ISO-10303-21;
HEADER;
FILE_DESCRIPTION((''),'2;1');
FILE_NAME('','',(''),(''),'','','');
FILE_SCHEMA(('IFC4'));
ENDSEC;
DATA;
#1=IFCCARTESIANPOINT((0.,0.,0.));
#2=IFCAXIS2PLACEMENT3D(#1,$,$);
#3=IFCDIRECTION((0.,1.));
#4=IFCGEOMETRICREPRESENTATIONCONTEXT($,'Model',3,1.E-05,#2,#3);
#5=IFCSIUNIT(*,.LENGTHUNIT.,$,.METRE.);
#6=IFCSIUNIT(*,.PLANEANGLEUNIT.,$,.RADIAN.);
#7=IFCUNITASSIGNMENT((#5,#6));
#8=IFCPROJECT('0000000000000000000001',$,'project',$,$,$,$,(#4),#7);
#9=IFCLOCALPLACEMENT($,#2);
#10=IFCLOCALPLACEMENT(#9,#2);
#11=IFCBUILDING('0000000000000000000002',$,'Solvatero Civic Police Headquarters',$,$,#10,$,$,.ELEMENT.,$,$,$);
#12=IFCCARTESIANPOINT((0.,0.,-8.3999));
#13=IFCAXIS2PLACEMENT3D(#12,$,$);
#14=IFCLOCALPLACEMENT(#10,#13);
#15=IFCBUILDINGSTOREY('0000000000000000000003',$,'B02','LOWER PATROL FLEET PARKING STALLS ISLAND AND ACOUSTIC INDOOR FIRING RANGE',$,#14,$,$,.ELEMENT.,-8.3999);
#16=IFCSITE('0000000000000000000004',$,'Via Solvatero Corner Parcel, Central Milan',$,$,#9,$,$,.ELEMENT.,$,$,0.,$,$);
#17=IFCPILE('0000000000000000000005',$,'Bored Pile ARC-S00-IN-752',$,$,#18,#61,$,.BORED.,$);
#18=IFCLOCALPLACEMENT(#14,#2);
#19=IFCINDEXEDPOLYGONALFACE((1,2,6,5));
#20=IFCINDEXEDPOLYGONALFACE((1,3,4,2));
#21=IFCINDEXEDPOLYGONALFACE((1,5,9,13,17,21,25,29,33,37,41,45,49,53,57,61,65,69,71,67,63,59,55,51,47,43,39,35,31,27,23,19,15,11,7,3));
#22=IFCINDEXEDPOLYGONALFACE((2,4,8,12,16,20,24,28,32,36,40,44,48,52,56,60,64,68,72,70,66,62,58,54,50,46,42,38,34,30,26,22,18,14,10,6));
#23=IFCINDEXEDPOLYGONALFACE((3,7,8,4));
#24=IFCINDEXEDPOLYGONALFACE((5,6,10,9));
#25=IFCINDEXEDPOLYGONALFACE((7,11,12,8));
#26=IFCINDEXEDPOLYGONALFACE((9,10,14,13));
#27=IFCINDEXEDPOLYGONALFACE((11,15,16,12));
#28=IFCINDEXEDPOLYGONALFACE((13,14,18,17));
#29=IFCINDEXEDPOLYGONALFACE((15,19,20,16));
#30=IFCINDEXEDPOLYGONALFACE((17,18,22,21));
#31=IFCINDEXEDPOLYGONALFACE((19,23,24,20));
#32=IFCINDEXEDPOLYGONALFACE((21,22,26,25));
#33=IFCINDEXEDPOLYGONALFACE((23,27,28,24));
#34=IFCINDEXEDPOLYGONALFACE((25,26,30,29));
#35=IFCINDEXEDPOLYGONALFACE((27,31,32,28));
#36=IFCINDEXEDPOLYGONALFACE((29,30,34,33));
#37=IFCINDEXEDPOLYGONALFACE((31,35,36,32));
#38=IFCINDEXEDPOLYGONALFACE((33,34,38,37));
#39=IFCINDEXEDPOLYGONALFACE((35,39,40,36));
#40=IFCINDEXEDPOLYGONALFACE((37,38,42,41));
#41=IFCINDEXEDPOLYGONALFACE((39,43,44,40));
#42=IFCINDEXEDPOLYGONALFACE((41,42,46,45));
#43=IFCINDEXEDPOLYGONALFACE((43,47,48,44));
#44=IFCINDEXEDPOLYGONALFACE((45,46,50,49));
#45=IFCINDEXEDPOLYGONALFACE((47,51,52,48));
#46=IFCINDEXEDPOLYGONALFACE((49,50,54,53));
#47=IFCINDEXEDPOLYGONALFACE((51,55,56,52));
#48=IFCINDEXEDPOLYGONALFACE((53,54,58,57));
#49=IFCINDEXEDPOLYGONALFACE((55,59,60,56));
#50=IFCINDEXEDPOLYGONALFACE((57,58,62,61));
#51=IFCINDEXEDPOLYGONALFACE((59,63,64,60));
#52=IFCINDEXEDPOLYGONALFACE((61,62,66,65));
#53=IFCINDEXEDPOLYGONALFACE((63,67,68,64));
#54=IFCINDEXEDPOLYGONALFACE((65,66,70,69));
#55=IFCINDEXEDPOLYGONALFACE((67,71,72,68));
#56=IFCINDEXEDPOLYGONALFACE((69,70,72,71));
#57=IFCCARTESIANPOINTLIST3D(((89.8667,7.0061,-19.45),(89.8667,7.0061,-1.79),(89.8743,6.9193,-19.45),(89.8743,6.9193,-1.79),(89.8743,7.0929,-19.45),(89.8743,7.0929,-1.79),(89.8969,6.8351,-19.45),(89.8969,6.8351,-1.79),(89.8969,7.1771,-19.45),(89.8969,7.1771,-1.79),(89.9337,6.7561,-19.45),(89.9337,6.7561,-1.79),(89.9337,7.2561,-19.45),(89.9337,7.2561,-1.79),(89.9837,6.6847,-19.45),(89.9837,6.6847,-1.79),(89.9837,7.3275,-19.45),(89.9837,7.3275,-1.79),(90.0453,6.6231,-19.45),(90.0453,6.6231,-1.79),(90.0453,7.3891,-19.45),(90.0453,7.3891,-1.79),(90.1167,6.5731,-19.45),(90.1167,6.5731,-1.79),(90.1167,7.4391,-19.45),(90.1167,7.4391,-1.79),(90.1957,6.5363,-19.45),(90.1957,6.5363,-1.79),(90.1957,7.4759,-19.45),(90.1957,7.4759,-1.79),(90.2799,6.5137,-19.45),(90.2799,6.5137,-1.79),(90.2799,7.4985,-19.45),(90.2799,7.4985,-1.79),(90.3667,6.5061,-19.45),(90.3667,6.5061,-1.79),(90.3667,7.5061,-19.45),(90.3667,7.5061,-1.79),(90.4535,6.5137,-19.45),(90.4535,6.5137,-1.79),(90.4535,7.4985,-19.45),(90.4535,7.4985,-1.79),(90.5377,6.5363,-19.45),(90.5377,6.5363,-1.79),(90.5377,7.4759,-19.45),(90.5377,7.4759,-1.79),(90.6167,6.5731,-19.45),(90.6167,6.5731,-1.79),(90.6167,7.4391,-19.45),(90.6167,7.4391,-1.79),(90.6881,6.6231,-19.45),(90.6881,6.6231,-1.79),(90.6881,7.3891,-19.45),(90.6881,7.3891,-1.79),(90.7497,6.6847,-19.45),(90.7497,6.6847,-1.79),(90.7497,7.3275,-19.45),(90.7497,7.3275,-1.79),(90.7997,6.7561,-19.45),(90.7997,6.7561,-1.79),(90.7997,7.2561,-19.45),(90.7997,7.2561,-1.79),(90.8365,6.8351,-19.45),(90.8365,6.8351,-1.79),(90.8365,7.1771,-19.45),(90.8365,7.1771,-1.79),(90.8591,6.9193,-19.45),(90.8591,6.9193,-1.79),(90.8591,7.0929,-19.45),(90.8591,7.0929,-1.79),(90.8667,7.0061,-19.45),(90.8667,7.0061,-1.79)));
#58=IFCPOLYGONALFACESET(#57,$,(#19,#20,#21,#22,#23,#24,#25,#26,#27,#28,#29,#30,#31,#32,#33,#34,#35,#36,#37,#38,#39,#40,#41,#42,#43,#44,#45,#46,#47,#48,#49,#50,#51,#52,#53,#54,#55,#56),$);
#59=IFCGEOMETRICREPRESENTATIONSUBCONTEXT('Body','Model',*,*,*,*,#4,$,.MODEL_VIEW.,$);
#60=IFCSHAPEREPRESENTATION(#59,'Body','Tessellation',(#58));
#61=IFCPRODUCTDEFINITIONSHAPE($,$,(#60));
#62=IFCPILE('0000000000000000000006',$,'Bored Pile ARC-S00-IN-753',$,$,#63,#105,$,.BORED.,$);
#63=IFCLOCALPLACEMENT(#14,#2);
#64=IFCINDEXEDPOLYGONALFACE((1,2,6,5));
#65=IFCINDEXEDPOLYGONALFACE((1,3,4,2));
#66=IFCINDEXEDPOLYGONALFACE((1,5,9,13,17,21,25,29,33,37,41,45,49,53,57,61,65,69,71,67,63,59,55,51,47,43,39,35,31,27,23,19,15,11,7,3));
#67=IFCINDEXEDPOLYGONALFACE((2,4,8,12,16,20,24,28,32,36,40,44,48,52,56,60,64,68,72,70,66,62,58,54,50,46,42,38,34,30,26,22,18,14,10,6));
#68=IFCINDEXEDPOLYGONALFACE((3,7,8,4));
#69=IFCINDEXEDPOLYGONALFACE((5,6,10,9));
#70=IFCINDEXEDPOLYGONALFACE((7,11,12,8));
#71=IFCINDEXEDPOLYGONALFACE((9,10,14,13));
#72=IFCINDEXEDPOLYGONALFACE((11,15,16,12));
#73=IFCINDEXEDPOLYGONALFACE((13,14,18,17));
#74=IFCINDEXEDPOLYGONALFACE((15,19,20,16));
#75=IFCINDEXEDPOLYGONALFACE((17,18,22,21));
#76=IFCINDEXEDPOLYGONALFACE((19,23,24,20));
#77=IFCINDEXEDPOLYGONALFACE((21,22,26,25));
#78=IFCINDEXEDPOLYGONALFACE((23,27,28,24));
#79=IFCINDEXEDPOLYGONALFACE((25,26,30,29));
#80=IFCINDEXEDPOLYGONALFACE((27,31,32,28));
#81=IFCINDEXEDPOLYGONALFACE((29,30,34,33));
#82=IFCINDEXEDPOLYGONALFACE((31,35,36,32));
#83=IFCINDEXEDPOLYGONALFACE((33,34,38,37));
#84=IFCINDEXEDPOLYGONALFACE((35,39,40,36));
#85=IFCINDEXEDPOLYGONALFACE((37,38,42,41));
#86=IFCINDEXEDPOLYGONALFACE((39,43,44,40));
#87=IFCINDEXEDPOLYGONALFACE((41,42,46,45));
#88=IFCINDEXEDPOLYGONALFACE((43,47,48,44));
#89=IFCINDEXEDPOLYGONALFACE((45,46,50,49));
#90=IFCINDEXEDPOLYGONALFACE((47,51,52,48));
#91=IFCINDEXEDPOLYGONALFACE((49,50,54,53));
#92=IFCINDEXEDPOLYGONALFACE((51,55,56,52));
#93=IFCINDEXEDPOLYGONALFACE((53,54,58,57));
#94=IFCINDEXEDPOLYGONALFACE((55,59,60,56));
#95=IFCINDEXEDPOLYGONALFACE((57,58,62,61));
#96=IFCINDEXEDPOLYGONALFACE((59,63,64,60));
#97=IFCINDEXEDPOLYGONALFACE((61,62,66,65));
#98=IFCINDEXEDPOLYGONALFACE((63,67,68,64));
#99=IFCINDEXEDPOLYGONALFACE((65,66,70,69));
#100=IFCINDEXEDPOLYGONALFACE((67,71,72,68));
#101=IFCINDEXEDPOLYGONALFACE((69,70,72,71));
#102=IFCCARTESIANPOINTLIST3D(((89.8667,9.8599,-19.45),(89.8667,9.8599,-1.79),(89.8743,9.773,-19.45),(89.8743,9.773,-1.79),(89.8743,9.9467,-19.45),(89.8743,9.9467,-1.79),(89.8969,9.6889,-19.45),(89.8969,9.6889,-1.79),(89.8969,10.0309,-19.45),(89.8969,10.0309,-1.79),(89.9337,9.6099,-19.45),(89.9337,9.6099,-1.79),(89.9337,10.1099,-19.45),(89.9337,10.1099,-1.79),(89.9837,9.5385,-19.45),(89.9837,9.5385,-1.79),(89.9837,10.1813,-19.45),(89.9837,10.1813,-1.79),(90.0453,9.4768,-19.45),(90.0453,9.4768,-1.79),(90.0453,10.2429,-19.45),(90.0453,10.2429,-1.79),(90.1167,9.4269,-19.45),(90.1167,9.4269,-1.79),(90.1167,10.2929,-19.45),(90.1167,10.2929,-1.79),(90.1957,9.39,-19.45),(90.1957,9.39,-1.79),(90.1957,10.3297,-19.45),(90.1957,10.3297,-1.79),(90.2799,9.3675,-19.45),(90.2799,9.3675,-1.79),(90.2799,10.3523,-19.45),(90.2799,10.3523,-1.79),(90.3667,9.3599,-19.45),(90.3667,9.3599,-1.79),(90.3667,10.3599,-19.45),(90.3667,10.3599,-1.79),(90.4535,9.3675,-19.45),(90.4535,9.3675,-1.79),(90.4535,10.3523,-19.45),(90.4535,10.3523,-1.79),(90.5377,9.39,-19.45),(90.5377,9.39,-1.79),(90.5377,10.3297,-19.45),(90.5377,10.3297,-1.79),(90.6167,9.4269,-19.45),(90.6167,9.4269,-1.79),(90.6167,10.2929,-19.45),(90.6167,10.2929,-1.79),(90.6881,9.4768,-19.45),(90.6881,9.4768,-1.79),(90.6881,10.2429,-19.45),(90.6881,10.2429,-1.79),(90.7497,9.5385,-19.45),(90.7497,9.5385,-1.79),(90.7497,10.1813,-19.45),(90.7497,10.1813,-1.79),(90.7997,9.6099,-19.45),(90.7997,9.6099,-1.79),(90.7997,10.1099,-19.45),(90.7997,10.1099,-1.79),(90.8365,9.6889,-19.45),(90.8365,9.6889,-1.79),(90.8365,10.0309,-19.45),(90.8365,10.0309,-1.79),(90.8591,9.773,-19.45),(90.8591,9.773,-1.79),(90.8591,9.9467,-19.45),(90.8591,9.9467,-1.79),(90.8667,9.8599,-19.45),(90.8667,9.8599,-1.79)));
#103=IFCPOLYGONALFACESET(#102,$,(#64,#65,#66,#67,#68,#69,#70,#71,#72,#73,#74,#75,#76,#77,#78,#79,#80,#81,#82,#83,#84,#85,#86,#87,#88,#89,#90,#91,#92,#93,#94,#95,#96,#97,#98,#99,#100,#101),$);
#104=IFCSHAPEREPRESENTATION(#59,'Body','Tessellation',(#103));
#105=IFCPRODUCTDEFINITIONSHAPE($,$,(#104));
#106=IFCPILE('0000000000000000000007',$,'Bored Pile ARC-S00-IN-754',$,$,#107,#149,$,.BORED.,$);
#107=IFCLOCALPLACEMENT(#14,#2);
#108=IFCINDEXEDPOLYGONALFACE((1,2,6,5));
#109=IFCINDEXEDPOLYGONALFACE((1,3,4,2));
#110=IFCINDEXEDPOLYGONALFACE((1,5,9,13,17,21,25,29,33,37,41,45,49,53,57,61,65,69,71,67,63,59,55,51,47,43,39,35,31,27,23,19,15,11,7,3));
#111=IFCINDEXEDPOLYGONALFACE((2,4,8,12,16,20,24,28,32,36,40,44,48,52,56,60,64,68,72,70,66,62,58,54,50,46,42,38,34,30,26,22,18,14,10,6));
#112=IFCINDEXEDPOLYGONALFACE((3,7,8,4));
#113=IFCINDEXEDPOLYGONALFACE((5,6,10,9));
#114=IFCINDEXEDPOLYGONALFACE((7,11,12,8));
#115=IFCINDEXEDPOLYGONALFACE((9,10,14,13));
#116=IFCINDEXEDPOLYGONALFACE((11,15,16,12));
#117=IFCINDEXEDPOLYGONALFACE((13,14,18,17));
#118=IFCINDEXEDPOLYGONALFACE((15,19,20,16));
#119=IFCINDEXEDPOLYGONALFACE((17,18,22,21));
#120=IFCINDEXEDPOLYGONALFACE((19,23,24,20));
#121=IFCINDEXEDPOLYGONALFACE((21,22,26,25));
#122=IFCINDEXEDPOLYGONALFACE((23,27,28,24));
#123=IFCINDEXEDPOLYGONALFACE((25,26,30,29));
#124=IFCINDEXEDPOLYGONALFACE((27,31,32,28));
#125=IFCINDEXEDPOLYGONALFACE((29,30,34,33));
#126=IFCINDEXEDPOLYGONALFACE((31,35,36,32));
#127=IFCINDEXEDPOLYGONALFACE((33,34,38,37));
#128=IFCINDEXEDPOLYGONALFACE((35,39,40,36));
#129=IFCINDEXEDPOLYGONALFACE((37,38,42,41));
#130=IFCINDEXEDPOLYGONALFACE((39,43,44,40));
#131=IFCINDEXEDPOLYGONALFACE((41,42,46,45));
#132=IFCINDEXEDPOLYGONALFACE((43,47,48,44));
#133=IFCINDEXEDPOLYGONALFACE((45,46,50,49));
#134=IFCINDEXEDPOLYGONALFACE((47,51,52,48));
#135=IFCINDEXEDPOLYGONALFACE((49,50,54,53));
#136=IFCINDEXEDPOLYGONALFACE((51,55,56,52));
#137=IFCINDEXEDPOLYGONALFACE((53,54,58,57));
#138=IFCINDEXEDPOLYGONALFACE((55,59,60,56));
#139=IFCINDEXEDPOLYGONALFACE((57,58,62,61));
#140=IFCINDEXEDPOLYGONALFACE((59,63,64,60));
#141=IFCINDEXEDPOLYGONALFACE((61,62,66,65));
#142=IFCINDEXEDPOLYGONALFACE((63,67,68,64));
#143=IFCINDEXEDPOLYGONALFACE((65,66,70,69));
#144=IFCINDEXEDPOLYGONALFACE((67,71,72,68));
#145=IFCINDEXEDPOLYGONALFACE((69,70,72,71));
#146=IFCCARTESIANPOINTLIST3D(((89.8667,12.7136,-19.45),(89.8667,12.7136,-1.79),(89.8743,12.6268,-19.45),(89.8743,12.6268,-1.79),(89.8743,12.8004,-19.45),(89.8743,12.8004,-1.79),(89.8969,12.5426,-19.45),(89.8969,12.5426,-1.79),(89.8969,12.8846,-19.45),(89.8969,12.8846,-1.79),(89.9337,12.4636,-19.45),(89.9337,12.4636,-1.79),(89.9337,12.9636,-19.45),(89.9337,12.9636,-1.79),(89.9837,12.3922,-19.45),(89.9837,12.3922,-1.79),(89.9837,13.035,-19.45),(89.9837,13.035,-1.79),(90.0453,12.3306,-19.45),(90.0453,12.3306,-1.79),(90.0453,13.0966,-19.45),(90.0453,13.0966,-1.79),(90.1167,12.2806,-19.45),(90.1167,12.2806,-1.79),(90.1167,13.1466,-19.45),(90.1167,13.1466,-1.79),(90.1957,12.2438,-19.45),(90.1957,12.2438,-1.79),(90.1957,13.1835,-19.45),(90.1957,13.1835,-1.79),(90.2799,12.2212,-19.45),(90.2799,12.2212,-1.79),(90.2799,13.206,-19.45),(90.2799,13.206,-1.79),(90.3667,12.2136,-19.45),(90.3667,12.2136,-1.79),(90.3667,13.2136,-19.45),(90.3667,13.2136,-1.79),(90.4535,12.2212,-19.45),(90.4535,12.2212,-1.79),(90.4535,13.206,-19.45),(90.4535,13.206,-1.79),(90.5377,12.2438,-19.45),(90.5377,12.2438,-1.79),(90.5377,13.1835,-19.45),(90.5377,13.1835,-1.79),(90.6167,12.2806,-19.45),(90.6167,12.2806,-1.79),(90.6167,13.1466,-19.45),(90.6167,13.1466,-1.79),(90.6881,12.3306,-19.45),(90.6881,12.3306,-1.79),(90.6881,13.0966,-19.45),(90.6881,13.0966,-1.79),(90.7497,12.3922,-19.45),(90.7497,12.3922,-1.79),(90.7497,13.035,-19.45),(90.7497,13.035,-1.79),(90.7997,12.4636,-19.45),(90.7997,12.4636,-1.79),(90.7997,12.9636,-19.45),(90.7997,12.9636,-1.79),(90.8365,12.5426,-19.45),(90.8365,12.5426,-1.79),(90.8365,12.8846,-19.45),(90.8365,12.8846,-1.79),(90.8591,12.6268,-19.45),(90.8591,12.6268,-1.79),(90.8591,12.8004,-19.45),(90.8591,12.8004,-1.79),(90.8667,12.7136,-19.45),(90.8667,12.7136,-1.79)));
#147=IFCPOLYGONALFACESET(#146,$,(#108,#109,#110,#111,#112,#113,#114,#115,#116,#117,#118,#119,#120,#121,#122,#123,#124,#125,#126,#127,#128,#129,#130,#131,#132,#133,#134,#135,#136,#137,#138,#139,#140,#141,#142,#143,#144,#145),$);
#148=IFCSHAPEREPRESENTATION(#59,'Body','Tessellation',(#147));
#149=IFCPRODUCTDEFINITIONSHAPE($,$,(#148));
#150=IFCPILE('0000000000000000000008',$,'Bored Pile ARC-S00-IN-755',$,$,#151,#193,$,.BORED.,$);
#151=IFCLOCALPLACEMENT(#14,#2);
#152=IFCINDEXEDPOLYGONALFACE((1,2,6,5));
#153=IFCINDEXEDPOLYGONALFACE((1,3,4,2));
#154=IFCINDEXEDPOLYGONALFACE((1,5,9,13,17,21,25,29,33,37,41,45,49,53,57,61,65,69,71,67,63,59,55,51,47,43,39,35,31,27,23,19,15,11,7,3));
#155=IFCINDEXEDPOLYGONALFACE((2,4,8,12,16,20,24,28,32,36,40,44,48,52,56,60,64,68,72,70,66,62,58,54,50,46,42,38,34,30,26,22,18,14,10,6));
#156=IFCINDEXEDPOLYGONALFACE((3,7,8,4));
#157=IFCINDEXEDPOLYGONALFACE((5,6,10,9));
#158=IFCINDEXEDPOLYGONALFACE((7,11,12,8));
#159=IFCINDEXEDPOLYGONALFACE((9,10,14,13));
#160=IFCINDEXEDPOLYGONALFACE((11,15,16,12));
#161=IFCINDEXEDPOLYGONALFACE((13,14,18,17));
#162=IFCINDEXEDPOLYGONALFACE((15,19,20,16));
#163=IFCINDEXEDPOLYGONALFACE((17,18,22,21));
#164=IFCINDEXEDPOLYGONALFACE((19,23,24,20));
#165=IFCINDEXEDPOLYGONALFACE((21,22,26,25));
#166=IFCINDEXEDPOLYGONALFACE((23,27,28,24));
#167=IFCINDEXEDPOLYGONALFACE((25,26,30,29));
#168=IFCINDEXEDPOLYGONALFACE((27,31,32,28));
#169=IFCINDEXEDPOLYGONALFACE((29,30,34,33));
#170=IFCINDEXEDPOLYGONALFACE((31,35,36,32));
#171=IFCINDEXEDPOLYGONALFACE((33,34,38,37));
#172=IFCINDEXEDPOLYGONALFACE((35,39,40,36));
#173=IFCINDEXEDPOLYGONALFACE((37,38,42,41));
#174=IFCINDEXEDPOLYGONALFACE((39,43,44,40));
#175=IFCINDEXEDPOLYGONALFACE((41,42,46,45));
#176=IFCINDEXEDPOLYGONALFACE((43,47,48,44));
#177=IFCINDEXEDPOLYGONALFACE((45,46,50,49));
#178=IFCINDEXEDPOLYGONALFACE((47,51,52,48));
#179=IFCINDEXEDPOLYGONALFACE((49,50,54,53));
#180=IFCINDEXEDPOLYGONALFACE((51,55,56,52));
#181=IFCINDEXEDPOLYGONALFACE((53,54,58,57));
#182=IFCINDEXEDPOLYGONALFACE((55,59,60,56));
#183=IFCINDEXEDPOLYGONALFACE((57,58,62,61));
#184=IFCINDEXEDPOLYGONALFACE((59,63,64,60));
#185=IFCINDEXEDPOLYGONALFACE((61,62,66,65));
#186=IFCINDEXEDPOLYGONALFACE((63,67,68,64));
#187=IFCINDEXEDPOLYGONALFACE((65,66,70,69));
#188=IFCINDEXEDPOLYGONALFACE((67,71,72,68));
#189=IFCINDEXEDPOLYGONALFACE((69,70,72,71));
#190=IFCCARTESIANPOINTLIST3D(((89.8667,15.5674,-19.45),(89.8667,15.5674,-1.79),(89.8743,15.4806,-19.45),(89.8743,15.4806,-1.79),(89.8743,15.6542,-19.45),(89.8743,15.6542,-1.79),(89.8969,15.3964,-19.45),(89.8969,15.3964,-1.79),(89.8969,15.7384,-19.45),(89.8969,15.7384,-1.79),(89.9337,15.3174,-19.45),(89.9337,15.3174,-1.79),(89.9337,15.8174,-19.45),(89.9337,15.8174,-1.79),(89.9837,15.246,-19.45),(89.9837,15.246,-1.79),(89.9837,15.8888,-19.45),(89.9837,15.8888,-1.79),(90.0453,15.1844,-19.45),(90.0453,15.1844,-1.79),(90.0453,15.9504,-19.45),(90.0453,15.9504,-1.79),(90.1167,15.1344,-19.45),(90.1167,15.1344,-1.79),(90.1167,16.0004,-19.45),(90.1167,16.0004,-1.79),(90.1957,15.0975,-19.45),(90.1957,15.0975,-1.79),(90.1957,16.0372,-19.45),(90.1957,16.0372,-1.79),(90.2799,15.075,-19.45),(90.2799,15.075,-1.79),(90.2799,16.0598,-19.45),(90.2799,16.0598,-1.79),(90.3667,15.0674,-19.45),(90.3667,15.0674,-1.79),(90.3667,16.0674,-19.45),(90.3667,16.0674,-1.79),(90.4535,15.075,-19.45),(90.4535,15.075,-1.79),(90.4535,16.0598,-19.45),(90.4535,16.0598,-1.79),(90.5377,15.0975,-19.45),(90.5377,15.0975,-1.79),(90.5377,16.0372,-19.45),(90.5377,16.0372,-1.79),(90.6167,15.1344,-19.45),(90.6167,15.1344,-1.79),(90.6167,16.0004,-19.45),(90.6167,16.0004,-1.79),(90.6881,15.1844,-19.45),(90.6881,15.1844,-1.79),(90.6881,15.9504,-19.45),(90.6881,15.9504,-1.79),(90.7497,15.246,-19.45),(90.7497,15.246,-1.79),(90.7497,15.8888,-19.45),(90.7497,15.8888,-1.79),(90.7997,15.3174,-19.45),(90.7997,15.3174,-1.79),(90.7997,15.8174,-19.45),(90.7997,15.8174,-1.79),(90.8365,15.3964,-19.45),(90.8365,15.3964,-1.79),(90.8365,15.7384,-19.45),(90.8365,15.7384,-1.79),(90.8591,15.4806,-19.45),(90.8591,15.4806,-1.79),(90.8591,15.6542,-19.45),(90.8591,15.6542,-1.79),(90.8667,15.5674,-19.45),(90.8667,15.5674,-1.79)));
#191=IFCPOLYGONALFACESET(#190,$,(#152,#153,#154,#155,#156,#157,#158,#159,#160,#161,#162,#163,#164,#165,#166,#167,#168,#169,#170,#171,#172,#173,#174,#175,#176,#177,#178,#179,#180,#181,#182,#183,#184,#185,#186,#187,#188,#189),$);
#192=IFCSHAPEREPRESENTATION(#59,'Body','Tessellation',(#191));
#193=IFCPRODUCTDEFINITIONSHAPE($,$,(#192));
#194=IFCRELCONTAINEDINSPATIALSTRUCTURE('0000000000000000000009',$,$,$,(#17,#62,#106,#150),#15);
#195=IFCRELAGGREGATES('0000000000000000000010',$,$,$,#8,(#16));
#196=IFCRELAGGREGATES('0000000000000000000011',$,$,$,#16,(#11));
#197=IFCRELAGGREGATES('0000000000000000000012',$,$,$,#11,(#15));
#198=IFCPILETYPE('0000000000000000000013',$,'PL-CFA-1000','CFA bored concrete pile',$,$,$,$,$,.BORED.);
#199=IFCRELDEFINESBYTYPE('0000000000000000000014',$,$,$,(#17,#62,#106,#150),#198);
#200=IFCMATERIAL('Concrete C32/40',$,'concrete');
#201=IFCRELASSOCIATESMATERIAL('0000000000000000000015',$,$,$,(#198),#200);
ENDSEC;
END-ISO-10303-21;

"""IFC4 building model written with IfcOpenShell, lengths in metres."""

from ifc_helpers import new_model, si_unit, direction, frame, origin, origin_2d, place, context, subcontext, project, spatial, circle, extrude, material, material_profile, profile_set, type_object, element, save


model = new_model("IFC4")

# Units and contexts
model_context = context("Model", 3, precision=1e-05, world=origin(), true_north=direction((0.0, 1.0)))
body_context = subcontext(model_context, "Body", "Model", "MODEL_VIEW")
ifc_project = project(units=[si_unit("LENGTHUNIT", "METRE"), si_unit("PLANEANGLEUNIT", "RADIAN")], contexts=[model_context])

# Site, building, storey
site_placement = place(None, origin())
site = spatial("IfcSite", under=ifc_project, at=site_placement, Name="Via Solvatero Corner Parcel, Central Milan", CompositionType="ELEMENT", RefElevation=0.0)
building_placement = place(site_placement, origin())
building = spatial("IfcBuilding", under=site, at=building_placement, Name="Solvatero Civic Police Headquarters", CompositionType="ELEMENT")
storey_placement = place(building_placement, frame((0.0, 0.0, -8.3999)))
storey = spatial("IfcBuildingStorey", under=building, at=storey_placement, Name="B02", Description="LOWER PATROL FLEET PARKING STALLS ISLAND AND ACOUSTIC INDOOR FIRING RANGE", CompositionType="ELEMENT", Elevation=-8.3999)

# Piles
ifc_material_1 = material(Name="Concrete C32/40", Category="concrete")
ifc_material_profile_1 = material_profile(ifc_material_1, circle(Radius=0.5, at=origin_2d()), Name="CFA PILE D1000")
ifc_profile_set_1 = profile_set([ifc_material_profile_1], Name="Concrete C32/40")
pile_type = type_object("IfcPileType", Name="PL-CFA-1000", Description="CFA bored concrete pile", PredefinedType="BORED", material=ifc_profile_set_1)
for number, where, z_axis, x_axis, name in (
    (1, (90.3667, 7.0061, -1.79), (0.0, 0.0, -1.0), (1.0, 0.0, 0.0), "Bored Pile ARC-S00-IN-752"),
    (2, (90.3667, 9.8599, -1.79), (0.0, 0.0, -1.0), (1.0, 0.0, 0.0), "Bored Pile ARC-S00-IN-753"),
    (3, (90.3667, 12.7136, -1.79), (0.0, 0.0, -1.0), (1.0, 0.0, 0.0), "Bored Pile ARC-S00-IN-754"),
    (4, (90.3667, 15.5674, -1.79), (0.0, 0.0, -1.0), (1.0, 0.0, 0.0), "Bored Pile ARC-S00-IN-755"),
):
    element("IfcPile", number, at=place(storey_placement, frame(where, z_axis=z_axis, x_axis=x_axis)), inside=storey, type_object=pile_type, Name=name, PredefinedType="BORED", context=body_context, shape_type="SweptSolid", body=[
        extrude(circle(Radius=0.5, at=origin_2d()), origin(), (0.0, 0.0, 1.0), 17.6599),
    ])

save(model, "model.ifc")
